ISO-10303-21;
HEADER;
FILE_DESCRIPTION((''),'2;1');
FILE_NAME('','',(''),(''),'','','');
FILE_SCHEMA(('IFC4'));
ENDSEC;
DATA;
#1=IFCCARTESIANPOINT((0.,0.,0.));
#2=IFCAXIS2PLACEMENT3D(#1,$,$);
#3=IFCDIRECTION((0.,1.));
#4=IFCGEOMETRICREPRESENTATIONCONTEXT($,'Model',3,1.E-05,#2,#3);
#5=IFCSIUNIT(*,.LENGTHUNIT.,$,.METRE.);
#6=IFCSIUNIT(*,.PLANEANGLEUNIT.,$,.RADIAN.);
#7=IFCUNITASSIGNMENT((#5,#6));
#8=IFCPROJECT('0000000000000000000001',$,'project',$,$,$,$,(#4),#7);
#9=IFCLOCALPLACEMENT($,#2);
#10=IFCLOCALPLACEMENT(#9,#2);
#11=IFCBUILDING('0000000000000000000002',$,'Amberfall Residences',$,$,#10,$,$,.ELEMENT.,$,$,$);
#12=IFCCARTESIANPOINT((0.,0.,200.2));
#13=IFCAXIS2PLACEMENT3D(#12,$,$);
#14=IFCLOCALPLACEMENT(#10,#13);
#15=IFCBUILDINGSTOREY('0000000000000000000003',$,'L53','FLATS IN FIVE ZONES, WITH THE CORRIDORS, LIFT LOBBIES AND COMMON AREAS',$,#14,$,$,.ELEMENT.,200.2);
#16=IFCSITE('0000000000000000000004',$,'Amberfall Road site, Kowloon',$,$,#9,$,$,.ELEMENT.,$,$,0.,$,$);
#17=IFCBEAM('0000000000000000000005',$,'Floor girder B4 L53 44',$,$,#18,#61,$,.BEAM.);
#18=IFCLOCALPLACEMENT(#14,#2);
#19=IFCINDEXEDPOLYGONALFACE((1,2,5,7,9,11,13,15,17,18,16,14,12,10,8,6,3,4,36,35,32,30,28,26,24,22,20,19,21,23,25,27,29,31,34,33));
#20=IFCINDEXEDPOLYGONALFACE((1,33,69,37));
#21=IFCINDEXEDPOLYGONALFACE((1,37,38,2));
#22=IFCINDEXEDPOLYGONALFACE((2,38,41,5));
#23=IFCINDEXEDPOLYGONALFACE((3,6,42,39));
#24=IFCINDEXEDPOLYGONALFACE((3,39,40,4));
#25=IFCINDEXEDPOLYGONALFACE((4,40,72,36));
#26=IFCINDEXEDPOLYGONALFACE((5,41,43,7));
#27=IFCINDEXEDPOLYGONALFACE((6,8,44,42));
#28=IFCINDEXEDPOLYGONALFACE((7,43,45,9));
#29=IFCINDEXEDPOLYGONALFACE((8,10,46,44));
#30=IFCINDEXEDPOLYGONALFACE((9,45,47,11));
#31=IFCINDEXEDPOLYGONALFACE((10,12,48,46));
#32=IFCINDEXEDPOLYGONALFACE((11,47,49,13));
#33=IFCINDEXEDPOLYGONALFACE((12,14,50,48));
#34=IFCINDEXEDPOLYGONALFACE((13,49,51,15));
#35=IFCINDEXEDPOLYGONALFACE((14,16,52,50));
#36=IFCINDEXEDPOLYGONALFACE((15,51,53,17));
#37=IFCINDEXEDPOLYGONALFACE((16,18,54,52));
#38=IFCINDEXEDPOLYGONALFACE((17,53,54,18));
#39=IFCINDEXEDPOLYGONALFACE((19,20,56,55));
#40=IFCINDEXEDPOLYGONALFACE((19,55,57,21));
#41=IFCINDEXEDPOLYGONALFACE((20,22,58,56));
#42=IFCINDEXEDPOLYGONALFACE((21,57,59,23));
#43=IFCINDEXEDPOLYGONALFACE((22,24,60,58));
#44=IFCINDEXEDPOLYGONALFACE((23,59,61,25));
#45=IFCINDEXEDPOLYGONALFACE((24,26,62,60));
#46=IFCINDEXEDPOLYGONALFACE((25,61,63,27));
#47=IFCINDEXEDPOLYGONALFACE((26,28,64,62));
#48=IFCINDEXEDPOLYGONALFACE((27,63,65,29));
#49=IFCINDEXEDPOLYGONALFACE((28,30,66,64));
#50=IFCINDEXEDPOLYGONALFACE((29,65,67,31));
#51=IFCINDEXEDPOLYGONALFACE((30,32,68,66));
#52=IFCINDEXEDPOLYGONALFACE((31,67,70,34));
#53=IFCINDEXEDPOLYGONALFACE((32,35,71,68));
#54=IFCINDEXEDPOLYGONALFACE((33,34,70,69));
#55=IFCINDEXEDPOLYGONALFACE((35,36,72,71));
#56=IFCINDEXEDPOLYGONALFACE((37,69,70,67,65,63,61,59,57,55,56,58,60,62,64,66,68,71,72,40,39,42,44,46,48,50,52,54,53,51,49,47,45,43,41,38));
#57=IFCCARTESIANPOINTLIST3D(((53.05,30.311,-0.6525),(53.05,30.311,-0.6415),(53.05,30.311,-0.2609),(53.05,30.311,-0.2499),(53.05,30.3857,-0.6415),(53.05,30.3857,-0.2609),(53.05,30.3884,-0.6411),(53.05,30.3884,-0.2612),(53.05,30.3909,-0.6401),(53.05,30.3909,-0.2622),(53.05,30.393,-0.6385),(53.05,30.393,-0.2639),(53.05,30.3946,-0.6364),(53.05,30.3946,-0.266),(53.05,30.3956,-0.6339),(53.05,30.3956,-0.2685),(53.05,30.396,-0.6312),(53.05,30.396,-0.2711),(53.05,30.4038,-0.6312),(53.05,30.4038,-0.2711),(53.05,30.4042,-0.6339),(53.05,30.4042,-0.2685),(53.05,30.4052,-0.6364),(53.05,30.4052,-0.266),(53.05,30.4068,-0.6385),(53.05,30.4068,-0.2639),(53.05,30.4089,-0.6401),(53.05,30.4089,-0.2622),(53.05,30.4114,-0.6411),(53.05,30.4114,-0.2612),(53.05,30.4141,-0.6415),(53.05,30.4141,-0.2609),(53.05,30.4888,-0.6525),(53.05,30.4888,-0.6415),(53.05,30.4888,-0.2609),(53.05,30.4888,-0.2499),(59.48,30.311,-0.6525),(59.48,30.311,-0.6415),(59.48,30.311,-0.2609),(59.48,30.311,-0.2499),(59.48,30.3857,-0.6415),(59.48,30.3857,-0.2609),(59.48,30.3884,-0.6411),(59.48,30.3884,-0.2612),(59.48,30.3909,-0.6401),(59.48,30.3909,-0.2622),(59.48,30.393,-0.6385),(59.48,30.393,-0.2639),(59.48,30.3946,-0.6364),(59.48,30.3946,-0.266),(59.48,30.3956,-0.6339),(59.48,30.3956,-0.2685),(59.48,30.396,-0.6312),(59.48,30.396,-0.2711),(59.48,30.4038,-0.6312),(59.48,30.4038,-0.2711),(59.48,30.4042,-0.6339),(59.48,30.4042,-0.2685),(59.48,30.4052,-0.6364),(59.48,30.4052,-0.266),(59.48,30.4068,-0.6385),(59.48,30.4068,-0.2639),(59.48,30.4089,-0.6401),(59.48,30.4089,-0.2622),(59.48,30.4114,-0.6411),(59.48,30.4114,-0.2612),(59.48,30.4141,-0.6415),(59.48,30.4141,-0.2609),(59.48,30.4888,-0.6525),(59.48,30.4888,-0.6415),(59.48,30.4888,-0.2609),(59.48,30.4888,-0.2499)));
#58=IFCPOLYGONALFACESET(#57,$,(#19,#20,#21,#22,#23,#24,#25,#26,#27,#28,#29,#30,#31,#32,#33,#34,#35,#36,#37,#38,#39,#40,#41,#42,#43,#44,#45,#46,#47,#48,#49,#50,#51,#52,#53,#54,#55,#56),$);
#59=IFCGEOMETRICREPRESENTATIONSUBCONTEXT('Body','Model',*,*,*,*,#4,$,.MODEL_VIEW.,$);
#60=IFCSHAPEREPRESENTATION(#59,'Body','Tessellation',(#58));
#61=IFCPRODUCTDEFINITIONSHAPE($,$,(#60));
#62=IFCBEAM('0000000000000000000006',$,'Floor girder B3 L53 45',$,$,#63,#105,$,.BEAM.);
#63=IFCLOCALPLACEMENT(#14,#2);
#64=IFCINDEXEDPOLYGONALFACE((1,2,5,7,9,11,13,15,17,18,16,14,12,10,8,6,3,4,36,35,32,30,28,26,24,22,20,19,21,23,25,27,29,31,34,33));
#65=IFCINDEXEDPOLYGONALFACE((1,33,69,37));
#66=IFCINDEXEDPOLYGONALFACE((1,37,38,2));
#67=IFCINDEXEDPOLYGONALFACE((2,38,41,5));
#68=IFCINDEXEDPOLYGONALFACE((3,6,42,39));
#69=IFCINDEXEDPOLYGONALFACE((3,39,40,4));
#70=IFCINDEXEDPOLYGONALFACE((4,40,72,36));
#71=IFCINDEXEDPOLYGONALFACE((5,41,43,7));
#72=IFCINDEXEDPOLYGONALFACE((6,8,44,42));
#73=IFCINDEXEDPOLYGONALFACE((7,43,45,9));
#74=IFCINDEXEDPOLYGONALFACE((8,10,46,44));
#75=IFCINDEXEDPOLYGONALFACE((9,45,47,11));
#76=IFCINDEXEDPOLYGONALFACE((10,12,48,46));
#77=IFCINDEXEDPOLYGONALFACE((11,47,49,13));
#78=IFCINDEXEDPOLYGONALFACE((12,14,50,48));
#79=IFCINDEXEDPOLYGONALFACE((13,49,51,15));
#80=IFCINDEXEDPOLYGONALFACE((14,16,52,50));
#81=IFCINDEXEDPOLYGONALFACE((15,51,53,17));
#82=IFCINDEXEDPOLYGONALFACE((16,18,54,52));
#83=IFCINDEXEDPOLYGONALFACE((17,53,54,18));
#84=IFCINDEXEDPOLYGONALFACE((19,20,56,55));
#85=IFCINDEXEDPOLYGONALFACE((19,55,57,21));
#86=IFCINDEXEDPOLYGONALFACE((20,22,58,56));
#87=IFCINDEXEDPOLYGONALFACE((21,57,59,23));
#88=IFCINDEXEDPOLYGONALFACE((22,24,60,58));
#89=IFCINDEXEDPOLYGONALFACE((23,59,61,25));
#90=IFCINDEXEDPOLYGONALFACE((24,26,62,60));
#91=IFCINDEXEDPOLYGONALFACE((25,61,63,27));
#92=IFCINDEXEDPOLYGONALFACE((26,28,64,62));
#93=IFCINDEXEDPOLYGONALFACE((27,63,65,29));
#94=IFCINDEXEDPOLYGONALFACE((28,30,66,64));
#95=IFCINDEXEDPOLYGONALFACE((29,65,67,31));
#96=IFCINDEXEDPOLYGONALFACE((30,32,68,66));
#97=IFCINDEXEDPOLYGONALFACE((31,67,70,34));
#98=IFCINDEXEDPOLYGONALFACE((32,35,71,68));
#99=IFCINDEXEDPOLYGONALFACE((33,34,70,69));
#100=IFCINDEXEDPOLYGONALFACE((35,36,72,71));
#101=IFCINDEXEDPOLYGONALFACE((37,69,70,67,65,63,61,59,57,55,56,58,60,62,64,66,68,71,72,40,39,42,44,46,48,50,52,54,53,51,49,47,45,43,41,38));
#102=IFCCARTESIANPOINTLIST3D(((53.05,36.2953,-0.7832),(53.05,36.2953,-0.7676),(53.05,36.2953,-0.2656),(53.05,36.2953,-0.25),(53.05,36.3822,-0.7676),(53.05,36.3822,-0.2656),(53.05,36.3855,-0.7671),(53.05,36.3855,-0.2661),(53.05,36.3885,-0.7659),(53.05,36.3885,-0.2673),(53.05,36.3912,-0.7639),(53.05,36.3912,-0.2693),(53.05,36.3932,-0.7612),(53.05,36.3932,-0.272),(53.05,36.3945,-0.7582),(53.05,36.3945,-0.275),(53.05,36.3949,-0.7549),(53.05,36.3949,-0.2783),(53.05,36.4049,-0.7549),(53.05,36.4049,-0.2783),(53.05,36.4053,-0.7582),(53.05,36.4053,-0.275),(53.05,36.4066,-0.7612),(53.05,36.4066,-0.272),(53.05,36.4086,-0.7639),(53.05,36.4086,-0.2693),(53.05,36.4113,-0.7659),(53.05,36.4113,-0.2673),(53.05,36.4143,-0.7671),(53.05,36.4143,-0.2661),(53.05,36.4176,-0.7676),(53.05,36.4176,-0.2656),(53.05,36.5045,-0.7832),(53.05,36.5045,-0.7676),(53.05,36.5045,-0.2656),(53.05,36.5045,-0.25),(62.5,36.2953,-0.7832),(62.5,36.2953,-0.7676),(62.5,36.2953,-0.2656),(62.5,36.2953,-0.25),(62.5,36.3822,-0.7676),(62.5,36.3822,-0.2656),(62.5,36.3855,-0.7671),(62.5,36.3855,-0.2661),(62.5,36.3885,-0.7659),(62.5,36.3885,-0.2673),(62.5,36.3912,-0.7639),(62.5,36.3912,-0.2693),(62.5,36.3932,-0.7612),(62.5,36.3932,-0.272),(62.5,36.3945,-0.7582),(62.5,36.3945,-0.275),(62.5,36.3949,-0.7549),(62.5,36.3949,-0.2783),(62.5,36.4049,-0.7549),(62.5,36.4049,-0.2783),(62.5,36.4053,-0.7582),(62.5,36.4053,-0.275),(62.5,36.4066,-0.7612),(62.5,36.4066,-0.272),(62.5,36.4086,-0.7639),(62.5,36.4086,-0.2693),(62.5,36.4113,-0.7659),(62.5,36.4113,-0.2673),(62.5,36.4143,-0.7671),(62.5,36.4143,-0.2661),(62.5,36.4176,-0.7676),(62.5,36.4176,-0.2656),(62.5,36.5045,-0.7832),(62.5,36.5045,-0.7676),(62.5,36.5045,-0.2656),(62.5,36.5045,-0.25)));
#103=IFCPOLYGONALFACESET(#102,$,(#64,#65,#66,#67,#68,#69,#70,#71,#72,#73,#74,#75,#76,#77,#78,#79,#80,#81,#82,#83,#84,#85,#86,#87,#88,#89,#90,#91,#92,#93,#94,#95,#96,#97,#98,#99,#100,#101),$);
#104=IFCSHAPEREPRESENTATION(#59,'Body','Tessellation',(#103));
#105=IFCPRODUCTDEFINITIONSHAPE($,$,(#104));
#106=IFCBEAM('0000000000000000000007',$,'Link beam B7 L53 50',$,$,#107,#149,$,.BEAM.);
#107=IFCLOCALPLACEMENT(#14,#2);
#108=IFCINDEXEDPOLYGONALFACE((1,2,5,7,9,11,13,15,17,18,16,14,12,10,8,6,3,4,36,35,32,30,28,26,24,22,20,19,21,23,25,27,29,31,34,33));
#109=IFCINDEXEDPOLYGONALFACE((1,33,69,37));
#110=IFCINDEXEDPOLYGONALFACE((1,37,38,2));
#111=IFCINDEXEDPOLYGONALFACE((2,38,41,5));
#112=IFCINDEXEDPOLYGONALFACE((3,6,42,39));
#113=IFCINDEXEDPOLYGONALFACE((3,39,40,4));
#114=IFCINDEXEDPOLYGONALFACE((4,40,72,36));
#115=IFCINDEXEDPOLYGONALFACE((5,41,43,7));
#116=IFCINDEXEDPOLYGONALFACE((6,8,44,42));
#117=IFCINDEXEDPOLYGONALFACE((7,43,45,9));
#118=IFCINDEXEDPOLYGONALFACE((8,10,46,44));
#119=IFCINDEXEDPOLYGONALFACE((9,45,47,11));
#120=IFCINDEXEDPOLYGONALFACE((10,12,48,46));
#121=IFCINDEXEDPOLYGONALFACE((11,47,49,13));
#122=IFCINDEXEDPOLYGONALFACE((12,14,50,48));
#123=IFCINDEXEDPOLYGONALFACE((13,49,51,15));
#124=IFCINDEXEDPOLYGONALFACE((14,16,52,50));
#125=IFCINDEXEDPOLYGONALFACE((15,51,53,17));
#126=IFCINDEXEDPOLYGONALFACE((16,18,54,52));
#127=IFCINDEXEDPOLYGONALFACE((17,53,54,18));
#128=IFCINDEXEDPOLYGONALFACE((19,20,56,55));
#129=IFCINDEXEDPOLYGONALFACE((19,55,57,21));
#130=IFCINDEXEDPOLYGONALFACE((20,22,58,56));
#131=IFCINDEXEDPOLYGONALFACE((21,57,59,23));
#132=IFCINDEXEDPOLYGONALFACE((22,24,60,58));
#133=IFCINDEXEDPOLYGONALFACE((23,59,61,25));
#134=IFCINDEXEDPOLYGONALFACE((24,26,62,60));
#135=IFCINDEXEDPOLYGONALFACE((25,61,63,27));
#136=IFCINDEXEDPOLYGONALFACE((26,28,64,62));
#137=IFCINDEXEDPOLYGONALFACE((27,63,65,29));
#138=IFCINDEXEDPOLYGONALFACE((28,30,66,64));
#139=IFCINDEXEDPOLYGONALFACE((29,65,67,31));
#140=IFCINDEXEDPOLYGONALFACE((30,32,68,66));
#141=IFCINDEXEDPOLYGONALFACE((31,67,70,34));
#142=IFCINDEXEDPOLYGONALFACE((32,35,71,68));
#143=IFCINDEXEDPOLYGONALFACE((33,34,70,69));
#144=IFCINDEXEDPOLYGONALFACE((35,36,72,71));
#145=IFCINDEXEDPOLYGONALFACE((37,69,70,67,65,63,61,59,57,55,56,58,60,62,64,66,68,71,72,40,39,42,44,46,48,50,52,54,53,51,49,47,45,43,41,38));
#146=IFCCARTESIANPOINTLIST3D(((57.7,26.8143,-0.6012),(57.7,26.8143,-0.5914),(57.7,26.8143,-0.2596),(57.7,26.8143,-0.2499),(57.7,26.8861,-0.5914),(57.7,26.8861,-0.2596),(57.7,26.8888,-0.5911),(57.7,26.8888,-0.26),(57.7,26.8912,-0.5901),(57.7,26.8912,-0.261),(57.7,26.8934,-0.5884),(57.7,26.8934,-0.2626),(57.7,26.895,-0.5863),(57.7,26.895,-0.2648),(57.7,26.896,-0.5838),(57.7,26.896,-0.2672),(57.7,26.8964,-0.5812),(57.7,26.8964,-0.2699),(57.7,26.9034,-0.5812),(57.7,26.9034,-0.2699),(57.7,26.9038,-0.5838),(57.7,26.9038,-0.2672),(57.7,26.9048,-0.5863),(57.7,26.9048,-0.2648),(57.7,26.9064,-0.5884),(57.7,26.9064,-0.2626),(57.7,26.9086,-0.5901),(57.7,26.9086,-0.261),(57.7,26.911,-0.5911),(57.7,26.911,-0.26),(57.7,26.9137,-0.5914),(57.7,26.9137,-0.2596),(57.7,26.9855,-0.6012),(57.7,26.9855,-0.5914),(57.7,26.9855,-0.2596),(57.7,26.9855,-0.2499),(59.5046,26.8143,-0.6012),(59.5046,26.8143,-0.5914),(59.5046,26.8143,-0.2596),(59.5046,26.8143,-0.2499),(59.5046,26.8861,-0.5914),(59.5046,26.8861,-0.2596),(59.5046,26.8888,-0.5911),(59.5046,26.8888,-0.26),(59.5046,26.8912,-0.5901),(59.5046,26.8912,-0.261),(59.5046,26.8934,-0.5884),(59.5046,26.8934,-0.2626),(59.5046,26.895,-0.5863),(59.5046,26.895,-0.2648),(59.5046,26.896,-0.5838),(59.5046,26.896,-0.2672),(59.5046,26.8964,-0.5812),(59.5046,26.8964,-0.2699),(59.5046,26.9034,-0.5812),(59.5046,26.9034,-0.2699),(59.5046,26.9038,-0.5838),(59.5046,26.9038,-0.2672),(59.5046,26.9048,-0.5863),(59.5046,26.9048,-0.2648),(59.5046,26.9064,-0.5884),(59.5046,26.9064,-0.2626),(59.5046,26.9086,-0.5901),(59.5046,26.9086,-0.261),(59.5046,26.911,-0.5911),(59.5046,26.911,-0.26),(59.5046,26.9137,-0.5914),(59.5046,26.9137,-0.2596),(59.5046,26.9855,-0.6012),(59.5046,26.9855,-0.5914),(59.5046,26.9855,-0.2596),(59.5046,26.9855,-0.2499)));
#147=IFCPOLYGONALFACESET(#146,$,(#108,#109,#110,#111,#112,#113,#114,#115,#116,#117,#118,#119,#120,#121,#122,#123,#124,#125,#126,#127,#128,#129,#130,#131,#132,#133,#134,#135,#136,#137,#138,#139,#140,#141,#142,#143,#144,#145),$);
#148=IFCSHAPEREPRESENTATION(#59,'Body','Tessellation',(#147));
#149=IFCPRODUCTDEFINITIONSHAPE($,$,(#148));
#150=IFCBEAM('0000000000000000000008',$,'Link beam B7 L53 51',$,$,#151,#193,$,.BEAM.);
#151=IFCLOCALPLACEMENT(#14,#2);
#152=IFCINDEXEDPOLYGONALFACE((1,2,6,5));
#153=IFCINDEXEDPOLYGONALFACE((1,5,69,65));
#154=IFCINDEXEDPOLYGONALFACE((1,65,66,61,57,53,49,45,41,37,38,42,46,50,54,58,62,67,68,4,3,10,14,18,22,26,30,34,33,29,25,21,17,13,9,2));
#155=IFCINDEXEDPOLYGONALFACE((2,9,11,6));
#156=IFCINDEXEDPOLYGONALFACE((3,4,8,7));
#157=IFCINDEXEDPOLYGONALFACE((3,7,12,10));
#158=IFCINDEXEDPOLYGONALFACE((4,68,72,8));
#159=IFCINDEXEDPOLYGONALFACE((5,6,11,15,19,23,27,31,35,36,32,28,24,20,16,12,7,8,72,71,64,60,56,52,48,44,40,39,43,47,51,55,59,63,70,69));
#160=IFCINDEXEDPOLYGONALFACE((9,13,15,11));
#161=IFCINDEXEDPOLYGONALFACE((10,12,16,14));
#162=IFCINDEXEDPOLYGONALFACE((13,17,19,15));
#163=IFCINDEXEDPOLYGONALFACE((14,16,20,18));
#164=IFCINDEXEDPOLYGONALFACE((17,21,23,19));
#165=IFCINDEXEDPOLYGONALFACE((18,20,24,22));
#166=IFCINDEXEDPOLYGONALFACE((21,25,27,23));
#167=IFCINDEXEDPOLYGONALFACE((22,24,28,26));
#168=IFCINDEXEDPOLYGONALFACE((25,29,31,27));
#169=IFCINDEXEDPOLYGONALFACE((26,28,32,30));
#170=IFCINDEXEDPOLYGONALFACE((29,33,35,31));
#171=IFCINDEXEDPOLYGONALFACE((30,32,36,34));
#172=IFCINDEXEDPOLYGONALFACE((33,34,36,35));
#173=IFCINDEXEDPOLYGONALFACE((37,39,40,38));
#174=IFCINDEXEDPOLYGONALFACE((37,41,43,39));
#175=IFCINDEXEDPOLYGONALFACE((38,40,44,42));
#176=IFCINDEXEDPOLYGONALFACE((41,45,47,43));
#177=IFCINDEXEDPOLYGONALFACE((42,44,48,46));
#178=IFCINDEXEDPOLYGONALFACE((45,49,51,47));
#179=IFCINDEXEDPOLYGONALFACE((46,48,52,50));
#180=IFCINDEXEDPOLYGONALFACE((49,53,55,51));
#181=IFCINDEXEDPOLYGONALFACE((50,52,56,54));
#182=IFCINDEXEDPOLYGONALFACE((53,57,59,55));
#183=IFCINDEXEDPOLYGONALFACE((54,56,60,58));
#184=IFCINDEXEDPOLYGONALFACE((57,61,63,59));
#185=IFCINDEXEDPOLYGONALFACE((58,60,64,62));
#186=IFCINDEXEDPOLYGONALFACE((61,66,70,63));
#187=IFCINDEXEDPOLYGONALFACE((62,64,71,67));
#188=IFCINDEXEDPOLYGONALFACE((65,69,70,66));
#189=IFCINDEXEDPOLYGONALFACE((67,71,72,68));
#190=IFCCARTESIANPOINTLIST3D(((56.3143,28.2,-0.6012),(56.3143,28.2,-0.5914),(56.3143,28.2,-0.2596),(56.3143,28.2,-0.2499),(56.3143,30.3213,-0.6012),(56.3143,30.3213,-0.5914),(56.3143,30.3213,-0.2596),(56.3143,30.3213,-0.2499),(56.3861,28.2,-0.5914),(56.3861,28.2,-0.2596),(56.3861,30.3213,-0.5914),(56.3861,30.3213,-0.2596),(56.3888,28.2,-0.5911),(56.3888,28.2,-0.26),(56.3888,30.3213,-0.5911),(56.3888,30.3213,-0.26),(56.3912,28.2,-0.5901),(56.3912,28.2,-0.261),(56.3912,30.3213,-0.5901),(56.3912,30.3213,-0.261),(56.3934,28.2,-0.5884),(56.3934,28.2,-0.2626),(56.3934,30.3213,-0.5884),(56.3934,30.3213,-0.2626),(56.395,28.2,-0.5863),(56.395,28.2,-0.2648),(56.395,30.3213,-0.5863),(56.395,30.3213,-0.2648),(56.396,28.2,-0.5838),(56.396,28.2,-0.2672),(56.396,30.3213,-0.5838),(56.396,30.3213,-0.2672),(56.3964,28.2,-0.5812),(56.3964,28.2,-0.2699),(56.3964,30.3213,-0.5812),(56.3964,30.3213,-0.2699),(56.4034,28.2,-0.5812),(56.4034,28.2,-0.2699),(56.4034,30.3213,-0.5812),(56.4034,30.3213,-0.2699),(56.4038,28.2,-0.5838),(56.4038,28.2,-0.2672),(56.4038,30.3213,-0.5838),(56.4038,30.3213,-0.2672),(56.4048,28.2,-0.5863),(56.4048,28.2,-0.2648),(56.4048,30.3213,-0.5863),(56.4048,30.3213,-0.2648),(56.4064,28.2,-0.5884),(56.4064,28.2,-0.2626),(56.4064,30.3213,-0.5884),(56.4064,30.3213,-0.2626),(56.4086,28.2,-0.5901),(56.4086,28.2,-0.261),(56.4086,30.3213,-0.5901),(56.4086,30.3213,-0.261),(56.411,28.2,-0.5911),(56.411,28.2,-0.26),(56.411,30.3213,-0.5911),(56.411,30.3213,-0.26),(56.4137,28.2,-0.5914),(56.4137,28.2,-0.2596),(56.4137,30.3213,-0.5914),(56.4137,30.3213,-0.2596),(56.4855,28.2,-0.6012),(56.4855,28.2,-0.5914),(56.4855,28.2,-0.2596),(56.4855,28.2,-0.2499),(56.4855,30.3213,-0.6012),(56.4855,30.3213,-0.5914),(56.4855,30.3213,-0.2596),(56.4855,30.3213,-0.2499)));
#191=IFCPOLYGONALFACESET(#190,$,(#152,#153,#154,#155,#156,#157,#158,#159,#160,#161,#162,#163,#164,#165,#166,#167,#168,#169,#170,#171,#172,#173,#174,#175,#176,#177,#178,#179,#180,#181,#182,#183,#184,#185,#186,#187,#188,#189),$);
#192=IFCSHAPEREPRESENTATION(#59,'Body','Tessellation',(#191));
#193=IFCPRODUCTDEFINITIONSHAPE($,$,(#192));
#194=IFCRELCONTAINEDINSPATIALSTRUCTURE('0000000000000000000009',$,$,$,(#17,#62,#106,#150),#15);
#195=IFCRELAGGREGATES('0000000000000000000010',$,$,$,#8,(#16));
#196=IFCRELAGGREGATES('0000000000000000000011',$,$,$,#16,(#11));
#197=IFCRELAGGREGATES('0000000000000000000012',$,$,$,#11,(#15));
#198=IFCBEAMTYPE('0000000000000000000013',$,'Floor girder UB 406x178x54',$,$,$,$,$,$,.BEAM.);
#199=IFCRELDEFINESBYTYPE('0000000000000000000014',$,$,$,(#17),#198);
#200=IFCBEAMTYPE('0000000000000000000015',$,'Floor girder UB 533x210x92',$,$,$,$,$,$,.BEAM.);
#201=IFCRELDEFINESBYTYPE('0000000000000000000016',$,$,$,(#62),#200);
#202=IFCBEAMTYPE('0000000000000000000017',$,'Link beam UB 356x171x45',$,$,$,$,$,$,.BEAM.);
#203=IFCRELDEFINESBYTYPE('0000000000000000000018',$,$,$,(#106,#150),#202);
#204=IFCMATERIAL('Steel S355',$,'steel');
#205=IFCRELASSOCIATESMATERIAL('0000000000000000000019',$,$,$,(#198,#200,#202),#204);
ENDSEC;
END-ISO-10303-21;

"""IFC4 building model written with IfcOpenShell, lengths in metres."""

from ifc_helpers import new_model, si_unit, direction, frame, origin, origin_2d, place, context, subcontext, project, spatial, i_section, extrude, material, material_profile, profile_set, type_object, element, save


model = new_model("IFC4")

# Units and contexts
model_context = context("Model", 3, precision=1e-05, world=origin(), true_north=direction((0.0, 1.0)))
body_context = subcontext(model_context, "Body", "Model", "MODEL_VIEW")
ifc_project = project(units=[si_unit("LENGTHUNIT", "METRE"), si_unit("PLANEANGLEUNIT", "RADIAN")], contexts=[model_context])

# Site, building, storey
site_placement = place(None, origin())
site = spatial("IfcSite", under=ifc_project, at=site_placement, Name="Amberfall Road site, Kowloon", CompositionType="ELEMENT", RefElevation=0.0)
building_placement = place(site_placement, origin())
building = spatial("IfcBuilding", under=site, at=building_placement, Name="Amberfall Residences", CompositionType="ELEMENT")
storey_placement = place(building_placement, frame((0.0, 0.0, 200.2)))
storey = spatial("IfcBuildingStorey", under=building, at=storey_placement, Name="L53", Description="FLATS IN FIVE ZONES, WITH THE CORRIDORS, LIFT LOBBIES AND COMMON AREAS", CompositionType="ELEMENT", Elevation=200.2)

# Beams
ifc_material_1 = material(Name="Steel S355", Category="steel")
ifc_material_profile_1 = material_profile(ifc_material_1, i_section(OverallWidth=0.1777, OverallDepth=0.4026, WebThickness=0.0078, FlangeThickness=0.011, FilletRadius=0.0103, at=origin_2d()), Name="UB 406x178x54")
ifc_profile_set_1 = profile_set([ifc_material_profile_1], Name="Steel S355")
beam_type_1 = type_object("IfcBeamType", Name="Floor girder UB 406x178x54", PredefinedType="BEAM", material=ifc_profile_set_1)
beam_1_placement = place(storey_placement, frame((53.05, 30.3999, -0.4512), z_axis=(1.0, 0.0, 0.0), x_axis=(0.0, 1.0, 0.0)))
element("IfcBeam", 1, at=beam_1_placement, inside=storey, type_object=beam_type_1, Name="Floor girder B4 L53 44", PredefinedType="BEAM", context=body_context, shape_type="SweptSolid", body=[
    extrude(i_section(OverallWidth=0.1777, OverallDepth=0.4026, WebThickness=0.0078, FlangeThickness=0.011, FilletRadius=0.0103, at=origin_2d()), origin(), (0.0, 0.0, 1.0), 6.4299),
])
ifc_material_profile_2 = material_profile(ifc_material_1, i_section(OverallWidth=0.2092, OverallDepth=0.5332, WebThickness=0.01, FlangeThickness=0.0156, FilletRadius=0.0127, at=origin_2d()), Name="UB 533x210x92")
ifc_profile_set_2 = profile_set([ifc_material_profile_2], Name="Steel S355")
beam_type_2 = type_object("IfcBeamType", Name="Floor girder UB 533x210x92", PredefinedType="BEAM", material=ifc_profile_set_2)
beam_2_placement = place(storey_placement, frame((53.05, 36.3999, -0.5166), z_axis=(1.0, 0.0, 0.0), x_axis=(0.0, 1.0, 0.0)))
element("IfcBeam", 2, at=beam_2_placement, inside=storey, type_object=beam_type_2, Name="Floor girder B3 L53 45", PredefinedType="BEAM", context=body_context, shape_type="SweptSolid", body=[
    extrude(i_section(OverallWidth=0.2092, OverallDepth=0.5332, WebThickness=0.01, FlangeThickness=0.0156, FilletRadius=0.0127, at=origin_2d()), origin(), (0.0, 0.0, 1.0), 9.45),
])
ifc_material_profile_3 = material_profile(ifc_material_1, i_section(OverallWidth=0.1711, OverallDepth=0.3513, WebThickness=0.0071, FlangeThickness=0.0098, FilletRadius=0.0103, at=origin_2d()), Name="UB 356x171x45")
ifc_profile_set_3 = profile_set([ifc_material_profile_3], Name="Steel S355")
beam_type_3 = type_object("IfcBeamType", Name="Link beam UB 356x171x45", PredefinedType="BEAM", material=ifc_profile_set_3)
beam_3_placement = place(storey_placement, frame((57.7, 26.8999, -0.4255), z_axis=(1.0, 0.0, 0.0), x_axis=(0.0, 1.0, 0.0)))
element("IfcBeam", 3, at=beam_3_placement, inside=storey, type_object=beam_type_3, Name="Link beam B7 L53 50", PredefinedType="BEAM", context=body_context, shape_type="SweptSolid", body=[
    extrude(i_section(OverallWidth=0.1711, OverallDepth=0.3513, WebThickness=0.0071, FlangeThickness=0.0098, FilletRadius=0.0103, at=origin_2d()), origin(), (0.0, 0.0, 1.0), 1.8047),
])
beam_4_placement = place(storey_placement, frame((56.3999, 28.2, -0.4255), z_axis=(0.0, 1.0, 0.0), x_axis=(-1.0, 0.0, 0.0)))
element("IfcBeam", 4, at=beam_4_placement, inside=storey, type_object=beam_type_3, Name="Link beam B7 L53 51", PredefinedType="BEAM", context=body_context, shape_type="SweptSolid", body=[
    extrude(i_section(OverallWidth=0.1711, OverallDepth=0.3513, WebThickness=0.0071, FlangeThickness=0.0098, FilletRadius=0.0103, at=origin_2d()), origin(), (0.0, 0.0, 1.0), 2.1213),
])

save(model, "model.ifc")
